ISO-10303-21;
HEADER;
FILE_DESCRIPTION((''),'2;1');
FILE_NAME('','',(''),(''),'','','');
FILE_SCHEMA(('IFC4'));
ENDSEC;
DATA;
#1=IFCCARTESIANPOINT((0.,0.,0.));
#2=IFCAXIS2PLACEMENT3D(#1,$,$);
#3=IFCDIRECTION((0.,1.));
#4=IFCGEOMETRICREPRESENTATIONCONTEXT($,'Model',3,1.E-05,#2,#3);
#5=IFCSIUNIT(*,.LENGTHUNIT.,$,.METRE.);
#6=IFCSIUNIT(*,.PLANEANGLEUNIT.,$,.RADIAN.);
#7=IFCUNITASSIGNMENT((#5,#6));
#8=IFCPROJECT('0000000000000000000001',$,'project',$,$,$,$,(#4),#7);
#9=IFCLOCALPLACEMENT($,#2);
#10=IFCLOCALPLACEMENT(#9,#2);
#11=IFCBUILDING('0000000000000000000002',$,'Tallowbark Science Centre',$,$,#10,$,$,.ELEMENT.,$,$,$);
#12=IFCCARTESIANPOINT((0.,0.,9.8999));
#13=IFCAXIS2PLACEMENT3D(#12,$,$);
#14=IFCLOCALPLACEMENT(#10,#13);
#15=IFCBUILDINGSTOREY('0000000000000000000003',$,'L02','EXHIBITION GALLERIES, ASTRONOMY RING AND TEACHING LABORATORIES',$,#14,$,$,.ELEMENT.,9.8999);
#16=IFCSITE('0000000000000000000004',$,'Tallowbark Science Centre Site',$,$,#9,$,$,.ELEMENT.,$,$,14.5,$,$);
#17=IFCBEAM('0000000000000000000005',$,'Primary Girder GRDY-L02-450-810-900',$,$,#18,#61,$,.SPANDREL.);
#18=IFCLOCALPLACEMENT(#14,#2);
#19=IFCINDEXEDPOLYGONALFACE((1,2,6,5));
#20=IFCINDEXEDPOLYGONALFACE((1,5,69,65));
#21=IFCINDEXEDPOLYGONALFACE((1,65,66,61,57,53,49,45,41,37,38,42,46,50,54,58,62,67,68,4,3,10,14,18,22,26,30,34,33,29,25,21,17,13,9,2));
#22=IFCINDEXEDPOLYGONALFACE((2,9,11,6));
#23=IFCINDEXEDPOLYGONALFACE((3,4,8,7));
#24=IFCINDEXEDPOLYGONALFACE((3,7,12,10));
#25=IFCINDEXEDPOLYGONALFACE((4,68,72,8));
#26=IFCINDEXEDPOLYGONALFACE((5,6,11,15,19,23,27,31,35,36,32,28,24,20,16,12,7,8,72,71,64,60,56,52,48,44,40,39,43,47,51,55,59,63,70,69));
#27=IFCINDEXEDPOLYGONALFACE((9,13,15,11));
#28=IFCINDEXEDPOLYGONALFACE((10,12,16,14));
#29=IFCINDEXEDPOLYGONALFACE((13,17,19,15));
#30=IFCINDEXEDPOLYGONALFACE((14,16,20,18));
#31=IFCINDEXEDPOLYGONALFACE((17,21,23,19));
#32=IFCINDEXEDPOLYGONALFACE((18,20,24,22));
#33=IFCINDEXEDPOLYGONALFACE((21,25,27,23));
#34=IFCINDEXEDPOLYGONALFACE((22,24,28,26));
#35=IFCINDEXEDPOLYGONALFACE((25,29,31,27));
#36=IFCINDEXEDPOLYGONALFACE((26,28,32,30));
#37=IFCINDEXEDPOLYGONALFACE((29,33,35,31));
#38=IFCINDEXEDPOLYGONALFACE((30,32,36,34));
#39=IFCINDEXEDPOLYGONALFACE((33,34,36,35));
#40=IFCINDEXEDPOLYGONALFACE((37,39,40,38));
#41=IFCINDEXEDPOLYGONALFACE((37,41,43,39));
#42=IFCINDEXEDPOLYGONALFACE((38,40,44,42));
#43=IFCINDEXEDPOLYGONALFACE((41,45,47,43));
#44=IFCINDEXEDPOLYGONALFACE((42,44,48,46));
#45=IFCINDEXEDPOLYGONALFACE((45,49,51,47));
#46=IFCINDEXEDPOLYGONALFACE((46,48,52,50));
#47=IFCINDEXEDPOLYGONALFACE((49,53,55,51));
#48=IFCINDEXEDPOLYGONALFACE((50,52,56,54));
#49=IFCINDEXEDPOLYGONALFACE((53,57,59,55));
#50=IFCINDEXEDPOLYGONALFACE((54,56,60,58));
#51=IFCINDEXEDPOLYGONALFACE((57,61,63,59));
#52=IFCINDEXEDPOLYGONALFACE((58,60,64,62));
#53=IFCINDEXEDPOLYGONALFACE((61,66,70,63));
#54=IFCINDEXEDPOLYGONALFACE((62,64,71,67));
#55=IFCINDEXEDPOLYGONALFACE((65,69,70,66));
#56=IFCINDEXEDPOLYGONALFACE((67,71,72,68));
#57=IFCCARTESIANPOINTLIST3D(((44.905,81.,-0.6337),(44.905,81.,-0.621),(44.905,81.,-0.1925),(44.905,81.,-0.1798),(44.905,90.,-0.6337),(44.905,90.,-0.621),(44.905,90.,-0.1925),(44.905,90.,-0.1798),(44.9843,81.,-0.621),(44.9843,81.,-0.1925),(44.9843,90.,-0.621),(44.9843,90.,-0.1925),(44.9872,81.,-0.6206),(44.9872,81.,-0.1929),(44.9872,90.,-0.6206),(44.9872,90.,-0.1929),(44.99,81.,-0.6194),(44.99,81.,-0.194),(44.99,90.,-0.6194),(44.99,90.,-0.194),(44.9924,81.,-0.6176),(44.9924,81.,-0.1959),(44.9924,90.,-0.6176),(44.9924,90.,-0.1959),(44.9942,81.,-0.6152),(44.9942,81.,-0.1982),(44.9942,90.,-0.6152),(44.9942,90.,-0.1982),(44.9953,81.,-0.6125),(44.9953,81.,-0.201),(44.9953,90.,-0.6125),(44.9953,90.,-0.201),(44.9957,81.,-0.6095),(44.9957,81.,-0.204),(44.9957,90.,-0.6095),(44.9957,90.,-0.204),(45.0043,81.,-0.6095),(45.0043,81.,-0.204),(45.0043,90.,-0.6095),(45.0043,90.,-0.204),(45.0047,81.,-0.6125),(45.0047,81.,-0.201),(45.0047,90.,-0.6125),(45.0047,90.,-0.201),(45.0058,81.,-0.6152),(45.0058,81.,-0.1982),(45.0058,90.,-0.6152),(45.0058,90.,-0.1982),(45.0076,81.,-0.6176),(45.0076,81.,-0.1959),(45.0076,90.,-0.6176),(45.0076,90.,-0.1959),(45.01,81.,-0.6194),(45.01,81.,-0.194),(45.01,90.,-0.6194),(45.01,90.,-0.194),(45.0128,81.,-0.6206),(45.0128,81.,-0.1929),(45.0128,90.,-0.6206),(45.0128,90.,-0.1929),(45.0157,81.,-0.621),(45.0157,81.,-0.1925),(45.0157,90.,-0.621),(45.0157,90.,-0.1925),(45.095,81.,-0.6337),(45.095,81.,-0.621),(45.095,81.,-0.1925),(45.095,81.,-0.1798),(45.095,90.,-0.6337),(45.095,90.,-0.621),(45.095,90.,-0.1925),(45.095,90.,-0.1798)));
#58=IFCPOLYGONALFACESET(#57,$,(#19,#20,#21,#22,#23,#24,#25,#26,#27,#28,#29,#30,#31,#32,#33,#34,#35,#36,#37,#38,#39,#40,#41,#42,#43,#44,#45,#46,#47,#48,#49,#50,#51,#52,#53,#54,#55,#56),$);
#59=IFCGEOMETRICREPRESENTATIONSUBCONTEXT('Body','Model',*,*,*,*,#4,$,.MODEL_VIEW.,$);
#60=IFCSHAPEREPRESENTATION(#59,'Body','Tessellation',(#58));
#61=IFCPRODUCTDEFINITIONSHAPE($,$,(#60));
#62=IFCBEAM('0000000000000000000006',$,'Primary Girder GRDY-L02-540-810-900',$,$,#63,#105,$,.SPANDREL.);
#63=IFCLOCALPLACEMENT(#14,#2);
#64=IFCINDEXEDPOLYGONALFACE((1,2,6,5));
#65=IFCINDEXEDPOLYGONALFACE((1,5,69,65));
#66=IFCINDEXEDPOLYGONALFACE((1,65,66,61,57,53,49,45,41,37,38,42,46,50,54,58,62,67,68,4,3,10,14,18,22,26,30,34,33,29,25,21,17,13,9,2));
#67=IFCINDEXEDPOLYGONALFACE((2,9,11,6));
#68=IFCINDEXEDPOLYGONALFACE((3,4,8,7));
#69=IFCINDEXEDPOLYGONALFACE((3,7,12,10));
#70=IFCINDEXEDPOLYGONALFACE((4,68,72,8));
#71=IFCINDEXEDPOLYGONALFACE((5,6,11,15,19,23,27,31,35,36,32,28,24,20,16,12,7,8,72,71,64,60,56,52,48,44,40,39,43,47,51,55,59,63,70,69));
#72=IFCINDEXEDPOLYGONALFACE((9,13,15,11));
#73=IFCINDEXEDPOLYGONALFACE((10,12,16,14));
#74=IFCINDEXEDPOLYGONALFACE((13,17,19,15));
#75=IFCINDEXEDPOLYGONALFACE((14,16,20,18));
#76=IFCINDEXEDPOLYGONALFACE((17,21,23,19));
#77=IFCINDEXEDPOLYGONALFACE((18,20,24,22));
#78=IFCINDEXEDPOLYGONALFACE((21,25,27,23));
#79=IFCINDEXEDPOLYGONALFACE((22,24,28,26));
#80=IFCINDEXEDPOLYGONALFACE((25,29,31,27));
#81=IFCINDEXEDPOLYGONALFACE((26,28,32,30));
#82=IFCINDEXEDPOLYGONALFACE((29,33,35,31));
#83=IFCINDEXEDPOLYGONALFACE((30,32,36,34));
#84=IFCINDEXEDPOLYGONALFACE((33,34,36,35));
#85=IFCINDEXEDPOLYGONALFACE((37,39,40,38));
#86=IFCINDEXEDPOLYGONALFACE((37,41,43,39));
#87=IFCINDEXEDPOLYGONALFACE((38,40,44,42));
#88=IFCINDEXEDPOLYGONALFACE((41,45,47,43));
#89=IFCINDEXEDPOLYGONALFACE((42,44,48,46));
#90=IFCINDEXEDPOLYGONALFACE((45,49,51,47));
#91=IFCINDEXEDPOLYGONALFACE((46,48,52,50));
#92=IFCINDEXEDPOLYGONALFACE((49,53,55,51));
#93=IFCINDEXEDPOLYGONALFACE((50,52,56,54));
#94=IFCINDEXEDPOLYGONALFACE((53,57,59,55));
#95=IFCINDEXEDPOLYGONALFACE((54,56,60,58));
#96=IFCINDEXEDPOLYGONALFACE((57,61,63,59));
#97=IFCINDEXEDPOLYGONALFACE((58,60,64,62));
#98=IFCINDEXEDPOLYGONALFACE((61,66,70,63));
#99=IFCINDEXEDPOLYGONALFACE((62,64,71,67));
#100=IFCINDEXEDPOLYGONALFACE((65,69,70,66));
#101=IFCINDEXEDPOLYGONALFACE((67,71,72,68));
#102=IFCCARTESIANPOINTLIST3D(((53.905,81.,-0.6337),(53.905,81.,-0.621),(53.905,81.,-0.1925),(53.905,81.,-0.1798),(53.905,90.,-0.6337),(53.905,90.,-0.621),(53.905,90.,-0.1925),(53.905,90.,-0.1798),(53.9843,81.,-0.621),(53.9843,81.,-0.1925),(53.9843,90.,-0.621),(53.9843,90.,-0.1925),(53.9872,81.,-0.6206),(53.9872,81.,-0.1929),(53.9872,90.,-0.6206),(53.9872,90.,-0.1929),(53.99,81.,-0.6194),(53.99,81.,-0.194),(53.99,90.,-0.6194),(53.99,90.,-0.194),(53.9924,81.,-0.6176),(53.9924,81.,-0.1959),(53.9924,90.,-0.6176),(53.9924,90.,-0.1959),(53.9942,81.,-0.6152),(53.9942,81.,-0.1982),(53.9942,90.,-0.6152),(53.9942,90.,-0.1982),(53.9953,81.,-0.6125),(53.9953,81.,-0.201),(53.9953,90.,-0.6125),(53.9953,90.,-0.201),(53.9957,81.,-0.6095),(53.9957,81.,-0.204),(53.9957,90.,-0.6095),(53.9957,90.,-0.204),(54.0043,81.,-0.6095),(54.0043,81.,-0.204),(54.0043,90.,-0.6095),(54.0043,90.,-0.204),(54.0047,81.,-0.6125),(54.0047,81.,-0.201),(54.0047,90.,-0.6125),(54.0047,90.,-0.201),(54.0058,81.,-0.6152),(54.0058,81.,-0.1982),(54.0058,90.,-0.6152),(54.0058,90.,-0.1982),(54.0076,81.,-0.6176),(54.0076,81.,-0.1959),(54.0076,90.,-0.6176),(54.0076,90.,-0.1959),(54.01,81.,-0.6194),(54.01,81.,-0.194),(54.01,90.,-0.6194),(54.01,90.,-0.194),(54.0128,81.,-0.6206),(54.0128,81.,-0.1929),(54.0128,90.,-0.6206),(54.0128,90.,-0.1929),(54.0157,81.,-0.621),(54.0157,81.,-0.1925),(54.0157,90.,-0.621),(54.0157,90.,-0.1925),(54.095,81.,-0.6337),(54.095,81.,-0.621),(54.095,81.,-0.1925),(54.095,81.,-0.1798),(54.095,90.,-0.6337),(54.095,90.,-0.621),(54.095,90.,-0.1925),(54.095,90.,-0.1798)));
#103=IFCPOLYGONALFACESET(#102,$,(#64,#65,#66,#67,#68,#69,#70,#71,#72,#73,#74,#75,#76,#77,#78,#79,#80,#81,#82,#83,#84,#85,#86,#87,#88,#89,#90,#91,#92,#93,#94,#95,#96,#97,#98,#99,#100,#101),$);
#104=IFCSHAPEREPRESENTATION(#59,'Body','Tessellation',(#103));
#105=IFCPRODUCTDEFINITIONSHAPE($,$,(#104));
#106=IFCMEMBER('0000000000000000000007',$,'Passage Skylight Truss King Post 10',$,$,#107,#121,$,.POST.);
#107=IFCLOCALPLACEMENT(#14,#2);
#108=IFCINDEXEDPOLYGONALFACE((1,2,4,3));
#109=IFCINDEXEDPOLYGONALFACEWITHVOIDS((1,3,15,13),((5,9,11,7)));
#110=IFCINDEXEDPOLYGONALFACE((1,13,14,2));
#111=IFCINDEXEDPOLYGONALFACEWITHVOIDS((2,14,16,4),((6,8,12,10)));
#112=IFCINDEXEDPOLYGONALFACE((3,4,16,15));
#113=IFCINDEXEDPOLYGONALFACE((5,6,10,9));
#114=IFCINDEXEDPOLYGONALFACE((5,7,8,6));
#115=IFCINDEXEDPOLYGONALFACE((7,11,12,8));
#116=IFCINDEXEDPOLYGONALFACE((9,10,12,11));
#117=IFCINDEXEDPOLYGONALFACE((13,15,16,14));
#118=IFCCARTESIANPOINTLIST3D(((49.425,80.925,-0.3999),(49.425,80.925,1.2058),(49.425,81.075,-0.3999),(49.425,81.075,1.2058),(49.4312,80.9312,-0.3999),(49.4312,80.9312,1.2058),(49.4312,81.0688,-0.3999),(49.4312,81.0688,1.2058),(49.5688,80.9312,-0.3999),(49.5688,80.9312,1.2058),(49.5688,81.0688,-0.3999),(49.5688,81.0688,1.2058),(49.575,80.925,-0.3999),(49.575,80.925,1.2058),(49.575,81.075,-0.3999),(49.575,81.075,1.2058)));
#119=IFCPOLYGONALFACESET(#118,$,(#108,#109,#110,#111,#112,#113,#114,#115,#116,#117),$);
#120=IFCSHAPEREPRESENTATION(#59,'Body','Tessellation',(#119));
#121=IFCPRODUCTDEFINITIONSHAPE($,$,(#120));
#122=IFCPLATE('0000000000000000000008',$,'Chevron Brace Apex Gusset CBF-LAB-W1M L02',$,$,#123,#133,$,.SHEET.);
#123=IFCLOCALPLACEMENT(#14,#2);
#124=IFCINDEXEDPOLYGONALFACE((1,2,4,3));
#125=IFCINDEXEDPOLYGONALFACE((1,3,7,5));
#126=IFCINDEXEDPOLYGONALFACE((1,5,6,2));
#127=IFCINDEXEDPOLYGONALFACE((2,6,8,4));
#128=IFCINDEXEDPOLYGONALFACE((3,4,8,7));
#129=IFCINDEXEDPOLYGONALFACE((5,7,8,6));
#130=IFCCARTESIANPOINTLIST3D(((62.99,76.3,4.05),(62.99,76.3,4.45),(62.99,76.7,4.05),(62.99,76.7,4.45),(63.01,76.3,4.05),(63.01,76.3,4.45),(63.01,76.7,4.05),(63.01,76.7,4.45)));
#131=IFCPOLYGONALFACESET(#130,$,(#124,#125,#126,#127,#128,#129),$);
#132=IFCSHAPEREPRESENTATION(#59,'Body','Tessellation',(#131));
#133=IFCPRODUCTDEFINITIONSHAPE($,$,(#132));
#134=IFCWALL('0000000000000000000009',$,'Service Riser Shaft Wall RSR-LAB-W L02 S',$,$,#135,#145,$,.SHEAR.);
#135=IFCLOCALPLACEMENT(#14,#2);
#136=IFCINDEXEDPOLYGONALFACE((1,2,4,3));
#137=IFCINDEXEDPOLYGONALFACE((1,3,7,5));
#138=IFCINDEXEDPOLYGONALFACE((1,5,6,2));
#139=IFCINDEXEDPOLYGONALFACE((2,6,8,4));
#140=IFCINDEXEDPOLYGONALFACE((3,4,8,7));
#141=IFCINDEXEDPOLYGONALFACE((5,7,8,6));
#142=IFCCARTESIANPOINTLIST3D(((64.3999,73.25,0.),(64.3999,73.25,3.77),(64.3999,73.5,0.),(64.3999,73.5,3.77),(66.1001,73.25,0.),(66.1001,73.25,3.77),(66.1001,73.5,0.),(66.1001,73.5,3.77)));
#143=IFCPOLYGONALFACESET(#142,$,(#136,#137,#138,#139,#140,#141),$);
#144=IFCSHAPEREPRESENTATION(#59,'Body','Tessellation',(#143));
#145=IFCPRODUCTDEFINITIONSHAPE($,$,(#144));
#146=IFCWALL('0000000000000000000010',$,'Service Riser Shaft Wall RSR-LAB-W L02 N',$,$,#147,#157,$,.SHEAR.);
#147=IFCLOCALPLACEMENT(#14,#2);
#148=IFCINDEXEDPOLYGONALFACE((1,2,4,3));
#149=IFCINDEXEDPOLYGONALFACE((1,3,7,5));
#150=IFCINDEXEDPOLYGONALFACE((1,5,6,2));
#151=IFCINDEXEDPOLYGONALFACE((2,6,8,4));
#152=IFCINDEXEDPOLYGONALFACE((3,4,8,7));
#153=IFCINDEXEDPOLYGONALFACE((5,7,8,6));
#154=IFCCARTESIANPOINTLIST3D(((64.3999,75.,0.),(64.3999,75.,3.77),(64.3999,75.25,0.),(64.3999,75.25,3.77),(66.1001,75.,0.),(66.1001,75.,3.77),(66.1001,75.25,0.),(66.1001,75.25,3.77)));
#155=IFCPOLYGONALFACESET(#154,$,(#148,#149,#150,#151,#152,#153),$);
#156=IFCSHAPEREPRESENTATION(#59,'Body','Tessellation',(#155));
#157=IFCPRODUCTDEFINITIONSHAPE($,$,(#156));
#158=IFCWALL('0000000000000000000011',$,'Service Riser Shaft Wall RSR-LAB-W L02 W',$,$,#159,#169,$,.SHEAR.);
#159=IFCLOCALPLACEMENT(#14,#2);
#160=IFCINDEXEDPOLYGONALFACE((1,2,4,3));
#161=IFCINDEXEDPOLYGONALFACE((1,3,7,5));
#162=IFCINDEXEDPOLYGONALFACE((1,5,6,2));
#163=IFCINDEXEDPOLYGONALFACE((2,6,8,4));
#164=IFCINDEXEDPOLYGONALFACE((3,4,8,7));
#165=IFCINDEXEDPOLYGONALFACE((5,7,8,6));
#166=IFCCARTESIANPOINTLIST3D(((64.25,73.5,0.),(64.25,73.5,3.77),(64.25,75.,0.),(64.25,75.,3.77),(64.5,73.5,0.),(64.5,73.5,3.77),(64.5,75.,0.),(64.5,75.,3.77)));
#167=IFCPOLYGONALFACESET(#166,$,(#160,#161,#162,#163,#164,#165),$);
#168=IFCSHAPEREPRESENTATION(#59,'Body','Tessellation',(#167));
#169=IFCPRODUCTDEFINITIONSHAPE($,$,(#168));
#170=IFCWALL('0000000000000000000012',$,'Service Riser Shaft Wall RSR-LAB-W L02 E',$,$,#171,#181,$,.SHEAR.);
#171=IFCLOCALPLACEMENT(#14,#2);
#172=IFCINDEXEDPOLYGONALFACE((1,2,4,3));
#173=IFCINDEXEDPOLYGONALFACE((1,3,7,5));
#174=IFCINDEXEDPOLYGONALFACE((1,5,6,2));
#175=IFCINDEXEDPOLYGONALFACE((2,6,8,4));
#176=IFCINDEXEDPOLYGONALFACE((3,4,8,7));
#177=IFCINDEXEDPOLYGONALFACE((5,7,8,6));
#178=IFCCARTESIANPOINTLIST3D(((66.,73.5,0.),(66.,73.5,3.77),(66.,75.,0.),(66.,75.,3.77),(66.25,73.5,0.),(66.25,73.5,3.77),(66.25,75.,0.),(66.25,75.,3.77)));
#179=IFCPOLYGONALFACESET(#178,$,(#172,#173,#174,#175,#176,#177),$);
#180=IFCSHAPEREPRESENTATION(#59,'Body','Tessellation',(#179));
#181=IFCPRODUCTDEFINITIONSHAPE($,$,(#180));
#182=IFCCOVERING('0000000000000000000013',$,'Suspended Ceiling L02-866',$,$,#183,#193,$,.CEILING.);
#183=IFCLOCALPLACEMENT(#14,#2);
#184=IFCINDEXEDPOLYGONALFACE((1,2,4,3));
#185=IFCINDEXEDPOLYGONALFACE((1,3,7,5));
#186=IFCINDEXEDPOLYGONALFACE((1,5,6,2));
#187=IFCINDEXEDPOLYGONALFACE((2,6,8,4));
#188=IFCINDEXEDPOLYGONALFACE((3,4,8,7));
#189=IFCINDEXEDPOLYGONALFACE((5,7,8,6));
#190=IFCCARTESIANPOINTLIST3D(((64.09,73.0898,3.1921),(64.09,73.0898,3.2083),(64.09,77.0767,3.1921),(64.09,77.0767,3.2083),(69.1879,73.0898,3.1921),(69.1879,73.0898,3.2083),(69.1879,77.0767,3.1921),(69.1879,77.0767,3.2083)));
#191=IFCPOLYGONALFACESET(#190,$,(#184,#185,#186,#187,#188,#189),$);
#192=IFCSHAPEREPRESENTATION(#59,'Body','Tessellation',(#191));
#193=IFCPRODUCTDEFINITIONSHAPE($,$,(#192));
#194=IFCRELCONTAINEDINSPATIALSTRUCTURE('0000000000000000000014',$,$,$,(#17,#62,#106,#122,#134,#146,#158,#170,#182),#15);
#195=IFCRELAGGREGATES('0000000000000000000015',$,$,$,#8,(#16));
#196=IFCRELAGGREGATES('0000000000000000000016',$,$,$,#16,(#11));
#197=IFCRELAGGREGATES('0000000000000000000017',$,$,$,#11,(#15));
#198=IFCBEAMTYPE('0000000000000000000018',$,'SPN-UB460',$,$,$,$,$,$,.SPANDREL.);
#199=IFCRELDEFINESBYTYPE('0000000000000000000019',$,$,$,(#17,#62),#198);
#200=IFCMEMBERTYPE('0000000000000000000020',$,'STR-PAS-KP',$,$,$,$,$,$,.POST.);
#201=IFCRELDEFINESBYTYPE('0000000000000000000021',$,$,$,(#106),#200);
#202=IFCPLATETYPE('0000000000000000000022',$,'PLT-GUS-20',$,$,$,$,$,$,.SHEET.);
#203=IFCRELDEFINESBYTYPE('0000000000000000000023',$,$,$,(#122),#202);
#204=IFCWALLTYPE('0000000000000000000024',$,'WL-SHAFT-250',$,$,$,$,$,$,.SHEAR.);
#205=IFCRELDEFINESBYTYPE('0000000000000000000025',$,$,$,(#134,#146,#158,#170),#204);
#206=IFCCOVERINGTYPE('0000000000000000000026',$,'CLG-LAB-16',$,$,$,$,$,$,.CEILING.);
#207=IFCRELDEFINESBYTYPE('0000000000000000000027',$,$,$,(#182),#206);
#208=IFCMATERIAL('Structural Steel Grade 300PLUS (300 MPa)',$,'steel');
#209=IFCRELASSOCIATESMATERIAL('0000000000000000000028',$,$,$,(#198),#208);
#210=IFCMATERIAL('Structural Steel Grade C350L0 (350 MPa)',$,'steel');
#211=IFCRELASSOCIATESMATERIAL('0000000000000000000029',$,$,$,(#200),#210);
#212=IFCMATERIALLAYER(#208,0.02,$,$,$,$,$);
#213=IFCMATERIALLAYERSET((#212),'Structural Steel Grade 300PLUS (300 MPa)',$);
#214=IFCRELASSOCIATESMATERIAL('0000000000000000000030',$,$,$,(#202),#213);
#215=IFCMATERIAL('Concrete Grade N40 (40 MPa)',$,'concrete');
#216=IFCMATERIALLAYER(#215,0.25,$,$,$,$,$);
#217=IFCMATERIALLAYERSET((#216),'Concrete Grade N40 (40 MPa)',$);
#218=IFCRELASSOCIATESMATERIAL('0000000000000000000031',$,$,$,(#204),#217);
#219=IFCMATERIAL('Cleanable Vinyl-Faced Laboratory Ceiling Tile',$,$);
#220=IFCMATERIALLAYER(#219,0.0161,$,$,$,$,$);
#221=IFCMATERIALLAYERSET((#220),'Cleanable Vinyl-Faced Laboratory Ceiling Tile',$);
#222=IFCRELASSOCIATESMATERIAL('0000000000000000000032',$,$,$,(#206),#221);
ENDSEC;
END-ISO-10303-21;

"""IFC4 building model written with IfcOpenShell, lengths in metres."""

from ifc_helpers import new_model, si_unit, direction, frame, frame_2d, origin, origin_2d, place, context, subcontext, project, spatial, rectangle, hollow_rectangle, i_section, extrude, material, layer, layer_set, material_profile, profile_set, type_object, element, save


model = new_model("IFC4")

# Units and contexts
model_context = context("Model", 3, precision=1e-05, world=origin(), true_north=direction((0.0, 1.0)))
body_context = subcontext(model_context, "Body", "Model", "MODEL_VIEW")
ifc_project = project(units=[si_unit("LENGTHUNIT", "METRE"), si_unit("PLANEANGLEUNIT", "RADIAN")], contexts=[model_context])

# Site, building, storey
site_placement = place(None, origin())
site = spatial("IfcSite", under=ifc_project, at=site_placement, Name="Tallowbark Science Centre Site", CompositionType="ELEMENT", RefElevation=14.5)
building_placement = place(site_placement, origin())
building = spatial("IfcBuilding", under=site, at=building_placement, Name="Tallowbark Science Centre", CompositionType="ELEMENT")
storey_placement = place(building_placement, frame((0.0, 0.0, 9.8999)))
storey = spatial("IfcBuildingStorey", under=building, at=storey_placement, Name="L02", Description="EXHIBITION GALLERIES, ASTRONOMY RING AND TEACHING LABORATORIES", CompositionType="ELEMENT", Elevation=9.8999)

# Shared definitions
ifc_material_1 = material(Name="Structural Steel Grade 300PLUS (300 MPa)", Category="steel")

# Shared definitions
ifc_material_2 = material(Name="Structural Steel Grade C350L0 (350 MPa)", Category="steel")

# Beams
ifc_material_profile_1 = material_profile(ifc_material_1, i_section(OverallWidth=0.1899, OverallDepth=0.4539, WebThickness=0.0085, FlangeThickness=0.0127, FilletRadius=0.0115, at=origin_2d()), Name="460UB67.1")
ifc_profile_set_1 = profile_set([ifc_material_profile_1], Name="Structural Steel Grade 300PLUS (300 MPa)")
beam_type_1 = type_object("IfcBeamType", Name="SPN-UB460", PredefinedType="SPANDREL", material=ifc_profile_set_1)
for number, where, z_axis, x_axis, name in (
    (1, (45.0, 81.0, -0.4067), (0.0, 1.0, 0.0), (-1.0, 0.0, 0.0), "Primary Girder GRDY-L02-450-810-900"),
    (2, (54.0, 81.0, -0.4067), (0.0, 1.0, 0.0), (-1.0, 0.0, 0.0), "Primary Girder GRDY-L02-540-810-900"),
):
    element("IfcBeam", number, at=place(storey_placement, frame(where, z_axis=z_axis, x_axis=x_axis)), inside=storey, type_object=beam_type_1, Name=name, PredefinedType="SPANDREL", context=body_context, shape_type="SweptSolid", body=[
        extrude(i_section(OverallWidth=0.1899, OverallDepth=0.4539, WebThickness=0.0085, FlangeThickness=0.0127, FilletRadius=0.0115, at=origin_2d()), origin(), (0.0, 0.0, 1.0), 9.0),
    ])

# Member
ifc_material_profile_2 = material_profile(ifc_material_2, hollow_rectangle(XDim=0.1499, YDim=0.1499, WallThickness=0.0061, at=origin_2d()), Name="150x150x6.0SHS")
ifc_profile_set_2 = profile_set([ifc_material_profile_2], Name="Structural Steel Grade C350L0 (350 MPa)")
member_type_1 = type_object("IfcMemberType", Name="STR-PAS-KP", PredefinedType="POST", material=ifc_profile_set_2)
member_placement = place(storey_placement, frame((49.5, 81.0, -0.3999), z_axis=(0.0, 0.0, 1.0), x_axis=(1.0, 0.0, 0.0)))
element("IfcMember", 3, at=member_placement, inside=storey, type_object=member_type_1, Name="Passage Skylight Truss King Post 10", PredefinedType="POST", context=body_context, shape_type="SweptSolid", body=[
    extrude(hollow_rectangle(XDim=0.1499, YDim=0.1499, WallThickness=0.0061, at=origin_2d()), origin(), (0.0, 0.0, 1.0), 1.6057),
])

# Plate
ifc_layer_1 = layer(ifc_material_1, 0.02)
ifc_layer_set_1 = layer_set([ifc_layer_1], Name="Structural Steel Grade 300PLUS (300 MPa)")
plate_type = type_object("IfcPlateType", Name="PLT-GUS-20", PredefinedType="SHEET", material=ifc_layer_set_1)
plate_placement = place(storey_placement, frame((63.0, 76.5, 4.05), z_axis=(0.0, 0.0, 1.0), x_axis=(0.0, 1.0, 0.0)))
element("IfcPlate", 4, at=plate_placement, inside=storey, type_object=plate_type, Name="Chevron Brace Apex Gusset CBF-LAB-W1M L02", PredefinedType="SHEET", context=body_context, shape_type="SweptSolid", body=[
    extrude(rectangle(XDim=0.3999, YDim=0.02, at=origin_2d()), origin(), (0.0, 0.0, 1.0), 0.3999),
])

# Walls
ifc_material_3 = material(Name="Concrete Grade N40 (40 MPa)", Category="concrete")
ifc_layer_2 = layer(ifc_material_3, 0.25)
ifc_layer_set_2 = layer_set([ifc_layer_2], Name="Concrete Grade N40 (40 MPa)")
wall_type = type_object("IfcWallType", Name="WL-SHAFT-250", PredefinedType="SHEAR", material=ifc_layer_set_2)
for number, where, z_axis, x_axis, name in (
    (5, (64.3999, 73.375, 0.0), (0.0, 0.0, 1.0), (1.0, 0.0, 0.0), "Service Riser Shaft Wall RSR-LAB-W L02 S"),
    (6, (64.3999, 75.125, 0.0), (0.0, 0.0, 1.0), (1.0, 0.0, 0.0), "Service Riser Shaft Wall RSR-LAB-W L02 N"),
):
    element("IfcWall", number, at=place(storey_placement, frame(where, z_axis=z_axis, x_axis=x_axis)), inside=storey, type_object=wall_type, Name=name, PredefinedType="SHEAR", context=body_context, shape_type="SweptSolid", body=[
        extrude(rectangle(XDim=1.7002, YDim=0.25, at=frame_2d((0.8501, 0.0))), origin(), (0.0, 0.0, 1.0), 3.77),
    ])
for number, where, z_axis, x_axis, name in (
    (7, (64.375, 73.5, 0.0), (0.0, 0.0, 1.0), (0.0, 1.0, 0.0), "Service Riser Shaft Wall RSR-LAB-W L02 W"),
    (8, (66.125, 73.5, 0.0), (0.0, 0.0, 1.0), (0.0, 1.0, 0.0), "Service Riser Shaft Wall RSR-LAB-W L02 E"),
):
    element("IfcWall", number, at=place(storey_placement, frame(where, z_axis=z_axis, x_axis=x_axis)), inside=storey, type_object=wall_type, Name=name, PredefinedType="SHEAR", context=body_context, shape_type="SweptSolid", body=[
        extrude(rectangle(XDim=1.5, YDim=0.25, at=frame_2d((0.75, 0.0))), origin(), (0.0, 0.0, 1.0), 3.77),
    ])

# Covering
ifc_material_4 = material(Name="Cleanable Vinyl-Faced Laboratory Ceiling Tile")
ifc_layer_3 = layer(ifc_material_4, 0.0161)
ifc_layer_set_3 = layer_set([ifc_layer_3], Name="Cleanable Vinyl-Faced Laboratory Ceiling Tile")
covering_type_1 = type_object("IfcCoveringType", Name="CLG-LAB-16", PredefinedType="CEILING", material=ifc_layer_set_3)
covering_1_placement = place(storey_placement, frame((66.6389, 75.0833, 3.1921), z_axis=(0.0, 0.0, 1.0), x_axis=(1.0, 0.0, 0.0)))
element("IfcCovering", 9, at=covering_1_placement, inside=storey, type_object=covering_type_1, Name="Suspended Ceiling L02-866", PredefinedType="CEILING", context=body_context, shape_type="SweptSolid", body=[
    extrude(rectangle(XDim=5.0979, YDim=3.9868, at=origin_2d()), origin(), (0.0, 0.0, 1.0), 0.0161),
])

save(model, "model.ifc")
